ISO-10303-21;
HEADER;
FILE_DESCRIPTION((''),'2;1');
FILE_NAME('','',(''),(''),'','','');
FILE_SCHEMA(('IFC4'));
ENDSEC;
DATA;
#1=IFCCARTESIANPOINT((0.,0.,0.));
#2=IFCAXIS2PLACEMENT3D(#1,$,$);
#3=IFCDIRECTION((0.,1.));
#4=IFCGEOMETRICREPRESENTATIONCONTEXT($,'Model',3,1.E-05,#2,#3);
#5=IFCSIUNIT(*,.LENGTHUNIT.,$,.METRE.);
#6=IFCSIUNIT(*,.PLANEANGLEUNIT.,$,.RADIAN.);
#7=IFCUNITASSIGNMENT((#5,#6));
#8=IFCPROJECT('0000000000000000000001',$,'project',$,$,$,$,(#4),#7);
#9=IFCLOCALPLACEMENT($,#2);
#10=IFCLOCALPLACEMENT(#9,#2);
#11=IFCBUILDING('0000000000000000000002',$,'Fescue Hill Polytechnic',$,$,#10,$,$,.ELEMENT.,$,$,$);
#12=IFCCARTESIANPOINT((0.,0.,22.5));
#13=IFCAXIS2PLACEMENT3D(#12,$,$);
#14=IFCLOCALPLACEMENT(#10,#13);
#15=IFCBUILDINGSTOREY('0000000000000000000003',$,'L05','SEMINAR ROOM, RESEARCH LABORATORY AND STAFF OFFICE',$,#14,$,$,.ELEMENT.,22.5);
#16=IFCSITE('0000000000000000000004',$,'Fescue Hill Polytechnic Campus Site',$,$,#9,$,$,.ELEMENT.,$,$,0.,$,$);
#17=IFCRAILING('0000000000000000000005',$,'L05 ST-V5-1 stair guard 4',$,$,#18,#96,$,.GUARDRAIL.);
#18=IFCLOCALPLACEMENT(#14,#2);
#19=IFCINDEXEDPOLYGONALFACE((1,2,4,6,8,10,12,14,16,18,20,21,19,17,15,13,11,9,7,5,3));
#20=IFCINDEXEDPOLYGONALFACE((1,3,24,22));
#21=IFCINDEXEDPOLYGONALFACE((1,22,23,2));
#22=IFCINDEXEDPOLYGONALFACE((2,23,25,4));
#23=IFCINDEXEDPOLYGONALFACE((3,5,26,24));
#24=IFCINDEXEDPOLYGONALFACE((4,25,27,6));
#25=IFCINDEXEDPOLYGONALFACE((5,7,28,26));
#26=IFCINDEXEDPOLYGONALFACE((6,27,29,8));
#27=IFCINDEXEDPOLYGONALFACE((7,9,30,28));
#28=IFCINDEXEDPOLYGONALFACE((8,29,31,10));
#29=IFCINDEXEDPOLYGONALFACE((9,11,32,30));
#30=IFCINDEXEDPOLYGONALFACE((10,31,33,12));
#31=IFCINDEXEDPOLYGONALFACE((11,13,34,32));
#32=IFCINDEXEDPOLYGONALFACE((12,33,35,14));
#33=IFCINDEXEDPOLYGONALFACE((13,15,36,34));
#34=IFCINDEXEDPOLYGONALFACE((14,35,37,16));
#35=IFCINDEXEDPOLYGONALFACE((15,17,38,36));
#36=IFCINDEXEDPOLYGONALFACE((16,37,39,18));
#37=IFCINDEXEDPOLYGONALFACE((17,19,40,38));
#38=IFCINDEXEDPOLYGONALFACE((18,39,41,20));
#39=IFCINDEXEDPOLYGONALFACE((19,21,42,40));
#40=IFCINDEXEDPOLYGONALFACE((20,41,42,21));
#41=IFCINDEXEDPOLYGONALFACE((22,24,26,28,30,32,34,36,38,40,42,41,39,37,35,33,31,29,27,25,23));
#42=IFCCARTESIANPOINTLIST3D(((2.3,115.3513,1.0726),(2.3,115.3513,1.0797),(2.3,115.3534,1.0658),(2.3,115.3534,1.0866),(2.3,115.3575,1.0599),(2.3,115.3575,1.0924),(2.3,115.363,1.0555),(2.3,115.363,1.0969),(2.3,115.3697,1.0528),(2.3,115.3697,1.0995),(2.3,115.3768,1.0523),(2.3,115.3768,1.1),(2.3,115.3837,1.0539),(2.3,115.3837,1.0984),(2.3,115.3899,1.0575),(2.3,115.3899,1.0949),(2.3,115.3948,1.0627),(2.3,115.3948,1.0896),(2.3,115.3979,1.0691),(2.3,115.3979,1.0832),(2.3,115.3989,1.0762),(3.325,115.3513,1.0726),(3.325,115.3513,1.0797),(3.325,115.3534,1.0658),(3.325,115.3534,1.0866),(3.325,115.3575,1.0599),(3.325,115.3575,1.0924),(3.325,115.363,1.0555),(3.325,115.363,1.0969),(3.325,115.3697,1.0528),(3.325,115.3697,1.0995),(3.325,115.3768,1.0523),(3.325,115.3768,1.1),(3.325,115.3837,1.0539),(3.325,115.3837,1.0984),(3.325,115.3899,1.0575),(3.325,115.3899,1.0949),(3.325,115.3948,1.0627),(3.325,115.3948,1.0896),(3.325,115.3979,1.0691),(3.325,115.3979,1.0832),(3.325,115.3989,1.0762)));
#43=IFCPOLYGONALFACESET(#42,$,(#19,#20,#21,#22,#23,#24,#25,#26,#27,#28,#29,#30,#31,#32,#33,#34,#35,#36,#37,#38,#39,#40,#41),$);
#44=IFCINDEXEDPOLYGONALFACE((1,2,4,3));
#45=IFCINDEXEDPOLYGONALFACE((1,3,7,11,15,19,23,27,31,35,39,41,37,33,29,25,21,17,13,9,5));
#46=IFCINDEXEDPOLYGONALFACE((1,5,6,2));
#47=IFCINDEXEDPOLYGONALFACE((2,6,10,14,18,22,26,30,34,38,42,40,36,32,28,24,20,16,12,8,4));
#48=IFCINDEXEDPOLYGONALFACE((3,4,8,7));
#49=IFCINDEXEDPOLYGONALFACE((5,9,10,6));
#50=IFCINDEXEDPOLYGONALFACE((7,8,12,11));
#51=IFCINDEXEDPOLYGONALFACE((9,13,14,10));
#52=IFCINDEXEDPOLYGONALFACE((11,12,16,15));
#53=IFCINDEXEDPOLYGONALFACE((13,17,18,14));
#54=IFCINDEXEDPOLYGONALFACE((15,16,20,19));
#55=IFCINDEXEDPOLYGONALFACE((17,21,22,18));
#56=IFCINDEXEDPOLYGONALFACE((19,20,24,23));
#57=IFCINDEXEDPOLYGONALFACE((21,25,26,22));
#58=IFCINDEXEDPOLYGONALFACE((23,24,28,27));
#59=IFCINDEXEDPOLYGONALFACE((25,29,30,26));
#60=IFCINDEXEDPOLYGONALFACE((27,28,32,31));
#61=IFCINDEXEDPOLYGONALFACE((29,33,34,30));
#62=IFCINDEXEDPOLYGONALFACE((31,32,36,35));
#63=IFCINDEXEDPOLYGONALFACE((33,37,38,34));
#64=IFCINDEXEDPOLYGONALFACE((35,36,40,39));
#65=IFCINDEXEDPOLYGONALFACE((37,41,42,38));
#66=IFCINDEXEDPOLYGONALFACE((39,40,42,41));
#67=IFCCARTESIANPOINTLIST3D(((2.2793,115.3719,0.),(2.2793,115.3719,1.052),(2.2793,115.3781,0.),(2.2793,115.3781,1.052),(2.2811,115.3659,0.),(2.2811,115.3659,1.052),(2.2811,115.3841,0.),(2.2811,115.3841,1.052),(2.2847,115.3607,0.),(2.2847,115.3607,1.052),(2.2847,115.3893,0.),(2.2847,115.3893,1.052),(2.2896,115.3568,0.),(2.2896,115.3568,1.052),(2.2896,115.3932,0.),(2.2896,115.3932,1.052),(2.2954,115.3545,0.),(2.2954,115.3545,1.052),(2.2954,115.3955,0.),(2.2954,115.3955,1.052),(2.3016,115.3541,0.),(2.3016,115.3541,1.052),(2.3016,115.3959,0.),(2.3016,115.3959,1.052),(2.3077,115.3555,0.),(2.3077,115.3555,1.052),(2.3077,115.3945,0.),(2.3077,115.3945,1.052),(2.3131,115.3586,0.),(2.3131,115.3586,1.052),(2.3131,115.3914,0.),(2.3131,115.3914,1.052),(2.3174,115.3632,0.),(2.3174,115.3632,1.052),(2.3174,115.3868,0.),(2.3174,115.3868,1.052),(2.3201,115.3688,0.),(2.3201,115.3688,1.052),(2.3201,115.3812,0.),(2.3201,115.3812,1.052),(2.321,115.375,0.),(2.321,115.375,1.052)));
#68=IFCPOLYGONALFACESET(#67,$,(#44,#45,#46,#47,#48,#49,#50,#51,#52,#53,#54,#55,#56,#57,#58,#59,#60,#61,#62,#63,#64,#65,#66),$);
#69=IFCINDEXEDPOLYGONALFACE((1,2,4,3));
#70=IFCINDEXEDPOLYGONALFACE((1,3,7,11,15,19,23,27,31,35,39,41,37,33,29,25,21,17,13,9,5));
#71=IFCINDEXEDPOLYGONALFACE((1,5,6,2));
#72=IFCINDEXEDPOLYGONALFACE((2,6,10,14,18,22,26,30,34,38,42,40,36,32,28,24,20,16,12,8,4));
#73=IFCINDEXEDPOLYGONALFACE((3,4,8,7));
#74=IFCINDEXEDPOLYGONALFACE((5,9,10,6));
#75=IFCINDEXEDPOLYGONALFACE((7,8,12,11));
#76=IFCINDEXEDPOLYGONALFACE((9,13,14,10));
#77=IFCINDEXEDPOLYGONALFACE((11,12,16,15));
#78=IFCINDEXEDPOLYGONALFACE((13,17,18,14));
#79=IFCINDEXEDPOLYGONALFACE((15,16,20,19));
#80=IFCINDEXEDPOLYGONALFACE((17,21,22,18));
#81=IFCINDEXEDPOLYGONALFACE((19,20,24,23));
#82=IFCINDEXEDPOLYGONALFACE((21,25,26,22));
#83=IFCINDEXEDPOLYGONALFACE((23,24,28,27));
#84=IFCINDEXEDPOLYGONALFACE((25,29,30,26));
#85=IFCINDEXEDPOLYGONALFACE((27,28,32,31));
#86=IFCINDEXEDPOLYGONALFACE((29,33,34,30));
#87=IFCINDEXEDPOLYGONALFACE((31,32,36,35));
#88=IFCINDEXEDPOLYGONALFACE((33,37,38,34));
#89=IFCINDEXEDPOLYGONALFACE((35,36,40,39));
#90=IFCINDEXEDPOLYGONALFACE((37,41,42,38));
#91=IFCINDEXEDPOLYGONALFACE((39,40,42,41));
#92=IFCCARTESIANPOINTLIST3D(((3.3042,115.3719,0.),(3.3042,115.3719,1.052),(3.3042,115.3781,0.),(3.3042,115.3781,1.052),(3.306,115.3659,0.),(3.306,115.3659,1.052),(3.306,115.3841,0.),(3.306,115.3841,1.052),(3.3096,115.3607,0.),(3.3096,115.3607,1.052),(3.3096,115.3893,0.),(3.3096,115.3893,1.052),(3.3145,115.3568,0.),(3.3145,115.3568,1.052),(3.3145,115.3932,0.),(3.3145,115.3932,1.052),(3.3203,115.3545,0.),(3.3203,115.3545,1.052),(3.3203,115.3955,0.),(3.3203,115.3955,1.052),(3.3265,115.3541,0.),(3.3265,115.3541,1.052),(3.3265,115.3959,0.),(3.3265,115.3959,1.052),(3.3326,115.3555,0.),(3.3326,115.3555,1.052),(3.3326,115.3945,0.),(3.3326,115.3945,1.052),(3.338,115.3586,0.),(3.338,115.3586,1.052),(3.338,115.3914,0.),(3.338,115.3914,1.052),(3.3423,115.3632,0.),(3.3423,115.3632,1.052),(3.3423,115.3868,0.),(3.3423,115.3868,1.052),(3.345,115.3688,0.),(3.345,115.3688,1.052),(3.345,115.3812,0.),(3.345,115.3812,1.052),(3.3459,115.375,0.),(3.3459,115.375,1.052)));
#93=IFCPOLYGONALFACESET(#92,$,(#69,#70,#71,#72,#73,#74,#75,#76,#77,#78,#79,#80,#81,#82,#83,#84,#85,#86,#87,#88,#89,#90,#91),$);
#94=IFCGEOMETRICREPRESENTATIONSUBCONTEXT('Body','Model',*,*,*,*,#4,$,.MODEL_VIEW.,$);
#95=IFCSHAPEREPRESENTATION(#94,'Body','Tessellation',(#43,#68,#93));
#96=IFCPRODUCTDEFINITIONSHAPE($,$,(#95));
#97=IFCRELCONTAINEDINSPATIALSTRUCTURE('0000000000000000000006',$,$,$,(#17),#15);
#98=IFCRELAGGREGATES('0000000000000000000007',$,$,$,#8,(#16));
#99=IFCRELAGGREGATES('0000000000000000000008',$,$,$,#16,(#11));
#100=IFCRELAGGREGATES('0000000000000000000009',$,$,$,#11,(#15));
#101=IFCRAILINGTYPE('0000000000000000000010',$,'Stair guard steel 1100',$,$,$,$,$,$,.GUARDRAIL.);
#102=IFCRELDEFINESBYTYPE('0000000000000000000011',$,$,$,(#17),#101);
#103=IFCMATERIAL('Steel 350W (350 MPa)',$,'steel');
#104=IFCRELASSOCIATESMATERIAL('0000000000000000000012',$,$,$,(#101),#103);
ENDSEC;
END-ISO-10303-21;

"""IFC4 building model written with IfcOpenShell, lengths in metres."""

from ifc_helpers import new_model, si_unit, direction, frame, origin, origin_2d, place, context, subcontext, project, spatial, circle, extrude, material, type_object, element, save


model = new_model("IFC4")

# Units and contexts
model_context = context("Model", 3, precision=1e-05, world=origin(), true_north=direction((0.0, 1.0)))
body_context = subcontext(model_context, "Body", "Model", "MODEL_VIEW")
ifc_project = project(units=[si_unit("LENGTHUNIT", "METRE"), si_unit("PLANEANGLEUNIT", "RADIAN")], contexts=[model_context])

# Site, building, storey
site_placement = place(None, origin())
site = spatial("IfcSite", under=ifc_project, at=site_placement, Name="Fescue Hill Polytechnic Campus Site", CompositionType="ELEMENT", RefElevation=0.0)
building_placement = place(site_placement, origin())
building = spatial("IfcBuilding", under=site, at=building_placement, Name="Fescue Hill Polytechnic", CompositionType="ELEMENT")
storey_placement = place(building_placement, frame((0.0, 0.0, 22.5)))
storey = spatial("IfcBuildingStorey", under=building, at=storey_placement, Name="L05", Description="SEMINAR ROOM, RESEARCH LABORATORY AND STAFF OFFICE", CompositionType="ELEMENT", Elevation=22.5)

# Railing
ifc_material_1 = material(Name="Steel 350W (350 MPa)", Category="steel")
railing_type_1 = type_object("IfcRailingType", Name="Stair guard steel 1100", PredefinedType="GUARDRAIL", material=ifc_material_1)
railing_1_placement = place(storey_placement, frame((2.3, 115.375, 0.0)))
element("IfcRailing", 1, at=railing_1_placement, inside=storey, type_object=railing_type_1, Name="L05 ST-V5-1 stair guard 4", PredefinedType="GUARDRAIL", context=body_context, shape_type="SweptSolid", body=[
    extrude(circle(Radius=0.0239, at=origin_2d()), frame((0.0, 0.0, 1.0762), z_axis=(1.0, 0.0, 0.0), x_axis=(0.0, 1.0, 0.0)), (0.0, 0.0, 1.0), 1.0249),
    extrude(circle(Radius=0.021, at=origin_2d()), origin(), (0.0, 0.0, 1.0), 1.052),
    extrude(circle(Radius=0.021, at=origin_2d()), frame((1.0249, 0.0, 0.0)), (0.0, 0.0, 1.0), 1.052),
])

save(model, "model.ifc")
